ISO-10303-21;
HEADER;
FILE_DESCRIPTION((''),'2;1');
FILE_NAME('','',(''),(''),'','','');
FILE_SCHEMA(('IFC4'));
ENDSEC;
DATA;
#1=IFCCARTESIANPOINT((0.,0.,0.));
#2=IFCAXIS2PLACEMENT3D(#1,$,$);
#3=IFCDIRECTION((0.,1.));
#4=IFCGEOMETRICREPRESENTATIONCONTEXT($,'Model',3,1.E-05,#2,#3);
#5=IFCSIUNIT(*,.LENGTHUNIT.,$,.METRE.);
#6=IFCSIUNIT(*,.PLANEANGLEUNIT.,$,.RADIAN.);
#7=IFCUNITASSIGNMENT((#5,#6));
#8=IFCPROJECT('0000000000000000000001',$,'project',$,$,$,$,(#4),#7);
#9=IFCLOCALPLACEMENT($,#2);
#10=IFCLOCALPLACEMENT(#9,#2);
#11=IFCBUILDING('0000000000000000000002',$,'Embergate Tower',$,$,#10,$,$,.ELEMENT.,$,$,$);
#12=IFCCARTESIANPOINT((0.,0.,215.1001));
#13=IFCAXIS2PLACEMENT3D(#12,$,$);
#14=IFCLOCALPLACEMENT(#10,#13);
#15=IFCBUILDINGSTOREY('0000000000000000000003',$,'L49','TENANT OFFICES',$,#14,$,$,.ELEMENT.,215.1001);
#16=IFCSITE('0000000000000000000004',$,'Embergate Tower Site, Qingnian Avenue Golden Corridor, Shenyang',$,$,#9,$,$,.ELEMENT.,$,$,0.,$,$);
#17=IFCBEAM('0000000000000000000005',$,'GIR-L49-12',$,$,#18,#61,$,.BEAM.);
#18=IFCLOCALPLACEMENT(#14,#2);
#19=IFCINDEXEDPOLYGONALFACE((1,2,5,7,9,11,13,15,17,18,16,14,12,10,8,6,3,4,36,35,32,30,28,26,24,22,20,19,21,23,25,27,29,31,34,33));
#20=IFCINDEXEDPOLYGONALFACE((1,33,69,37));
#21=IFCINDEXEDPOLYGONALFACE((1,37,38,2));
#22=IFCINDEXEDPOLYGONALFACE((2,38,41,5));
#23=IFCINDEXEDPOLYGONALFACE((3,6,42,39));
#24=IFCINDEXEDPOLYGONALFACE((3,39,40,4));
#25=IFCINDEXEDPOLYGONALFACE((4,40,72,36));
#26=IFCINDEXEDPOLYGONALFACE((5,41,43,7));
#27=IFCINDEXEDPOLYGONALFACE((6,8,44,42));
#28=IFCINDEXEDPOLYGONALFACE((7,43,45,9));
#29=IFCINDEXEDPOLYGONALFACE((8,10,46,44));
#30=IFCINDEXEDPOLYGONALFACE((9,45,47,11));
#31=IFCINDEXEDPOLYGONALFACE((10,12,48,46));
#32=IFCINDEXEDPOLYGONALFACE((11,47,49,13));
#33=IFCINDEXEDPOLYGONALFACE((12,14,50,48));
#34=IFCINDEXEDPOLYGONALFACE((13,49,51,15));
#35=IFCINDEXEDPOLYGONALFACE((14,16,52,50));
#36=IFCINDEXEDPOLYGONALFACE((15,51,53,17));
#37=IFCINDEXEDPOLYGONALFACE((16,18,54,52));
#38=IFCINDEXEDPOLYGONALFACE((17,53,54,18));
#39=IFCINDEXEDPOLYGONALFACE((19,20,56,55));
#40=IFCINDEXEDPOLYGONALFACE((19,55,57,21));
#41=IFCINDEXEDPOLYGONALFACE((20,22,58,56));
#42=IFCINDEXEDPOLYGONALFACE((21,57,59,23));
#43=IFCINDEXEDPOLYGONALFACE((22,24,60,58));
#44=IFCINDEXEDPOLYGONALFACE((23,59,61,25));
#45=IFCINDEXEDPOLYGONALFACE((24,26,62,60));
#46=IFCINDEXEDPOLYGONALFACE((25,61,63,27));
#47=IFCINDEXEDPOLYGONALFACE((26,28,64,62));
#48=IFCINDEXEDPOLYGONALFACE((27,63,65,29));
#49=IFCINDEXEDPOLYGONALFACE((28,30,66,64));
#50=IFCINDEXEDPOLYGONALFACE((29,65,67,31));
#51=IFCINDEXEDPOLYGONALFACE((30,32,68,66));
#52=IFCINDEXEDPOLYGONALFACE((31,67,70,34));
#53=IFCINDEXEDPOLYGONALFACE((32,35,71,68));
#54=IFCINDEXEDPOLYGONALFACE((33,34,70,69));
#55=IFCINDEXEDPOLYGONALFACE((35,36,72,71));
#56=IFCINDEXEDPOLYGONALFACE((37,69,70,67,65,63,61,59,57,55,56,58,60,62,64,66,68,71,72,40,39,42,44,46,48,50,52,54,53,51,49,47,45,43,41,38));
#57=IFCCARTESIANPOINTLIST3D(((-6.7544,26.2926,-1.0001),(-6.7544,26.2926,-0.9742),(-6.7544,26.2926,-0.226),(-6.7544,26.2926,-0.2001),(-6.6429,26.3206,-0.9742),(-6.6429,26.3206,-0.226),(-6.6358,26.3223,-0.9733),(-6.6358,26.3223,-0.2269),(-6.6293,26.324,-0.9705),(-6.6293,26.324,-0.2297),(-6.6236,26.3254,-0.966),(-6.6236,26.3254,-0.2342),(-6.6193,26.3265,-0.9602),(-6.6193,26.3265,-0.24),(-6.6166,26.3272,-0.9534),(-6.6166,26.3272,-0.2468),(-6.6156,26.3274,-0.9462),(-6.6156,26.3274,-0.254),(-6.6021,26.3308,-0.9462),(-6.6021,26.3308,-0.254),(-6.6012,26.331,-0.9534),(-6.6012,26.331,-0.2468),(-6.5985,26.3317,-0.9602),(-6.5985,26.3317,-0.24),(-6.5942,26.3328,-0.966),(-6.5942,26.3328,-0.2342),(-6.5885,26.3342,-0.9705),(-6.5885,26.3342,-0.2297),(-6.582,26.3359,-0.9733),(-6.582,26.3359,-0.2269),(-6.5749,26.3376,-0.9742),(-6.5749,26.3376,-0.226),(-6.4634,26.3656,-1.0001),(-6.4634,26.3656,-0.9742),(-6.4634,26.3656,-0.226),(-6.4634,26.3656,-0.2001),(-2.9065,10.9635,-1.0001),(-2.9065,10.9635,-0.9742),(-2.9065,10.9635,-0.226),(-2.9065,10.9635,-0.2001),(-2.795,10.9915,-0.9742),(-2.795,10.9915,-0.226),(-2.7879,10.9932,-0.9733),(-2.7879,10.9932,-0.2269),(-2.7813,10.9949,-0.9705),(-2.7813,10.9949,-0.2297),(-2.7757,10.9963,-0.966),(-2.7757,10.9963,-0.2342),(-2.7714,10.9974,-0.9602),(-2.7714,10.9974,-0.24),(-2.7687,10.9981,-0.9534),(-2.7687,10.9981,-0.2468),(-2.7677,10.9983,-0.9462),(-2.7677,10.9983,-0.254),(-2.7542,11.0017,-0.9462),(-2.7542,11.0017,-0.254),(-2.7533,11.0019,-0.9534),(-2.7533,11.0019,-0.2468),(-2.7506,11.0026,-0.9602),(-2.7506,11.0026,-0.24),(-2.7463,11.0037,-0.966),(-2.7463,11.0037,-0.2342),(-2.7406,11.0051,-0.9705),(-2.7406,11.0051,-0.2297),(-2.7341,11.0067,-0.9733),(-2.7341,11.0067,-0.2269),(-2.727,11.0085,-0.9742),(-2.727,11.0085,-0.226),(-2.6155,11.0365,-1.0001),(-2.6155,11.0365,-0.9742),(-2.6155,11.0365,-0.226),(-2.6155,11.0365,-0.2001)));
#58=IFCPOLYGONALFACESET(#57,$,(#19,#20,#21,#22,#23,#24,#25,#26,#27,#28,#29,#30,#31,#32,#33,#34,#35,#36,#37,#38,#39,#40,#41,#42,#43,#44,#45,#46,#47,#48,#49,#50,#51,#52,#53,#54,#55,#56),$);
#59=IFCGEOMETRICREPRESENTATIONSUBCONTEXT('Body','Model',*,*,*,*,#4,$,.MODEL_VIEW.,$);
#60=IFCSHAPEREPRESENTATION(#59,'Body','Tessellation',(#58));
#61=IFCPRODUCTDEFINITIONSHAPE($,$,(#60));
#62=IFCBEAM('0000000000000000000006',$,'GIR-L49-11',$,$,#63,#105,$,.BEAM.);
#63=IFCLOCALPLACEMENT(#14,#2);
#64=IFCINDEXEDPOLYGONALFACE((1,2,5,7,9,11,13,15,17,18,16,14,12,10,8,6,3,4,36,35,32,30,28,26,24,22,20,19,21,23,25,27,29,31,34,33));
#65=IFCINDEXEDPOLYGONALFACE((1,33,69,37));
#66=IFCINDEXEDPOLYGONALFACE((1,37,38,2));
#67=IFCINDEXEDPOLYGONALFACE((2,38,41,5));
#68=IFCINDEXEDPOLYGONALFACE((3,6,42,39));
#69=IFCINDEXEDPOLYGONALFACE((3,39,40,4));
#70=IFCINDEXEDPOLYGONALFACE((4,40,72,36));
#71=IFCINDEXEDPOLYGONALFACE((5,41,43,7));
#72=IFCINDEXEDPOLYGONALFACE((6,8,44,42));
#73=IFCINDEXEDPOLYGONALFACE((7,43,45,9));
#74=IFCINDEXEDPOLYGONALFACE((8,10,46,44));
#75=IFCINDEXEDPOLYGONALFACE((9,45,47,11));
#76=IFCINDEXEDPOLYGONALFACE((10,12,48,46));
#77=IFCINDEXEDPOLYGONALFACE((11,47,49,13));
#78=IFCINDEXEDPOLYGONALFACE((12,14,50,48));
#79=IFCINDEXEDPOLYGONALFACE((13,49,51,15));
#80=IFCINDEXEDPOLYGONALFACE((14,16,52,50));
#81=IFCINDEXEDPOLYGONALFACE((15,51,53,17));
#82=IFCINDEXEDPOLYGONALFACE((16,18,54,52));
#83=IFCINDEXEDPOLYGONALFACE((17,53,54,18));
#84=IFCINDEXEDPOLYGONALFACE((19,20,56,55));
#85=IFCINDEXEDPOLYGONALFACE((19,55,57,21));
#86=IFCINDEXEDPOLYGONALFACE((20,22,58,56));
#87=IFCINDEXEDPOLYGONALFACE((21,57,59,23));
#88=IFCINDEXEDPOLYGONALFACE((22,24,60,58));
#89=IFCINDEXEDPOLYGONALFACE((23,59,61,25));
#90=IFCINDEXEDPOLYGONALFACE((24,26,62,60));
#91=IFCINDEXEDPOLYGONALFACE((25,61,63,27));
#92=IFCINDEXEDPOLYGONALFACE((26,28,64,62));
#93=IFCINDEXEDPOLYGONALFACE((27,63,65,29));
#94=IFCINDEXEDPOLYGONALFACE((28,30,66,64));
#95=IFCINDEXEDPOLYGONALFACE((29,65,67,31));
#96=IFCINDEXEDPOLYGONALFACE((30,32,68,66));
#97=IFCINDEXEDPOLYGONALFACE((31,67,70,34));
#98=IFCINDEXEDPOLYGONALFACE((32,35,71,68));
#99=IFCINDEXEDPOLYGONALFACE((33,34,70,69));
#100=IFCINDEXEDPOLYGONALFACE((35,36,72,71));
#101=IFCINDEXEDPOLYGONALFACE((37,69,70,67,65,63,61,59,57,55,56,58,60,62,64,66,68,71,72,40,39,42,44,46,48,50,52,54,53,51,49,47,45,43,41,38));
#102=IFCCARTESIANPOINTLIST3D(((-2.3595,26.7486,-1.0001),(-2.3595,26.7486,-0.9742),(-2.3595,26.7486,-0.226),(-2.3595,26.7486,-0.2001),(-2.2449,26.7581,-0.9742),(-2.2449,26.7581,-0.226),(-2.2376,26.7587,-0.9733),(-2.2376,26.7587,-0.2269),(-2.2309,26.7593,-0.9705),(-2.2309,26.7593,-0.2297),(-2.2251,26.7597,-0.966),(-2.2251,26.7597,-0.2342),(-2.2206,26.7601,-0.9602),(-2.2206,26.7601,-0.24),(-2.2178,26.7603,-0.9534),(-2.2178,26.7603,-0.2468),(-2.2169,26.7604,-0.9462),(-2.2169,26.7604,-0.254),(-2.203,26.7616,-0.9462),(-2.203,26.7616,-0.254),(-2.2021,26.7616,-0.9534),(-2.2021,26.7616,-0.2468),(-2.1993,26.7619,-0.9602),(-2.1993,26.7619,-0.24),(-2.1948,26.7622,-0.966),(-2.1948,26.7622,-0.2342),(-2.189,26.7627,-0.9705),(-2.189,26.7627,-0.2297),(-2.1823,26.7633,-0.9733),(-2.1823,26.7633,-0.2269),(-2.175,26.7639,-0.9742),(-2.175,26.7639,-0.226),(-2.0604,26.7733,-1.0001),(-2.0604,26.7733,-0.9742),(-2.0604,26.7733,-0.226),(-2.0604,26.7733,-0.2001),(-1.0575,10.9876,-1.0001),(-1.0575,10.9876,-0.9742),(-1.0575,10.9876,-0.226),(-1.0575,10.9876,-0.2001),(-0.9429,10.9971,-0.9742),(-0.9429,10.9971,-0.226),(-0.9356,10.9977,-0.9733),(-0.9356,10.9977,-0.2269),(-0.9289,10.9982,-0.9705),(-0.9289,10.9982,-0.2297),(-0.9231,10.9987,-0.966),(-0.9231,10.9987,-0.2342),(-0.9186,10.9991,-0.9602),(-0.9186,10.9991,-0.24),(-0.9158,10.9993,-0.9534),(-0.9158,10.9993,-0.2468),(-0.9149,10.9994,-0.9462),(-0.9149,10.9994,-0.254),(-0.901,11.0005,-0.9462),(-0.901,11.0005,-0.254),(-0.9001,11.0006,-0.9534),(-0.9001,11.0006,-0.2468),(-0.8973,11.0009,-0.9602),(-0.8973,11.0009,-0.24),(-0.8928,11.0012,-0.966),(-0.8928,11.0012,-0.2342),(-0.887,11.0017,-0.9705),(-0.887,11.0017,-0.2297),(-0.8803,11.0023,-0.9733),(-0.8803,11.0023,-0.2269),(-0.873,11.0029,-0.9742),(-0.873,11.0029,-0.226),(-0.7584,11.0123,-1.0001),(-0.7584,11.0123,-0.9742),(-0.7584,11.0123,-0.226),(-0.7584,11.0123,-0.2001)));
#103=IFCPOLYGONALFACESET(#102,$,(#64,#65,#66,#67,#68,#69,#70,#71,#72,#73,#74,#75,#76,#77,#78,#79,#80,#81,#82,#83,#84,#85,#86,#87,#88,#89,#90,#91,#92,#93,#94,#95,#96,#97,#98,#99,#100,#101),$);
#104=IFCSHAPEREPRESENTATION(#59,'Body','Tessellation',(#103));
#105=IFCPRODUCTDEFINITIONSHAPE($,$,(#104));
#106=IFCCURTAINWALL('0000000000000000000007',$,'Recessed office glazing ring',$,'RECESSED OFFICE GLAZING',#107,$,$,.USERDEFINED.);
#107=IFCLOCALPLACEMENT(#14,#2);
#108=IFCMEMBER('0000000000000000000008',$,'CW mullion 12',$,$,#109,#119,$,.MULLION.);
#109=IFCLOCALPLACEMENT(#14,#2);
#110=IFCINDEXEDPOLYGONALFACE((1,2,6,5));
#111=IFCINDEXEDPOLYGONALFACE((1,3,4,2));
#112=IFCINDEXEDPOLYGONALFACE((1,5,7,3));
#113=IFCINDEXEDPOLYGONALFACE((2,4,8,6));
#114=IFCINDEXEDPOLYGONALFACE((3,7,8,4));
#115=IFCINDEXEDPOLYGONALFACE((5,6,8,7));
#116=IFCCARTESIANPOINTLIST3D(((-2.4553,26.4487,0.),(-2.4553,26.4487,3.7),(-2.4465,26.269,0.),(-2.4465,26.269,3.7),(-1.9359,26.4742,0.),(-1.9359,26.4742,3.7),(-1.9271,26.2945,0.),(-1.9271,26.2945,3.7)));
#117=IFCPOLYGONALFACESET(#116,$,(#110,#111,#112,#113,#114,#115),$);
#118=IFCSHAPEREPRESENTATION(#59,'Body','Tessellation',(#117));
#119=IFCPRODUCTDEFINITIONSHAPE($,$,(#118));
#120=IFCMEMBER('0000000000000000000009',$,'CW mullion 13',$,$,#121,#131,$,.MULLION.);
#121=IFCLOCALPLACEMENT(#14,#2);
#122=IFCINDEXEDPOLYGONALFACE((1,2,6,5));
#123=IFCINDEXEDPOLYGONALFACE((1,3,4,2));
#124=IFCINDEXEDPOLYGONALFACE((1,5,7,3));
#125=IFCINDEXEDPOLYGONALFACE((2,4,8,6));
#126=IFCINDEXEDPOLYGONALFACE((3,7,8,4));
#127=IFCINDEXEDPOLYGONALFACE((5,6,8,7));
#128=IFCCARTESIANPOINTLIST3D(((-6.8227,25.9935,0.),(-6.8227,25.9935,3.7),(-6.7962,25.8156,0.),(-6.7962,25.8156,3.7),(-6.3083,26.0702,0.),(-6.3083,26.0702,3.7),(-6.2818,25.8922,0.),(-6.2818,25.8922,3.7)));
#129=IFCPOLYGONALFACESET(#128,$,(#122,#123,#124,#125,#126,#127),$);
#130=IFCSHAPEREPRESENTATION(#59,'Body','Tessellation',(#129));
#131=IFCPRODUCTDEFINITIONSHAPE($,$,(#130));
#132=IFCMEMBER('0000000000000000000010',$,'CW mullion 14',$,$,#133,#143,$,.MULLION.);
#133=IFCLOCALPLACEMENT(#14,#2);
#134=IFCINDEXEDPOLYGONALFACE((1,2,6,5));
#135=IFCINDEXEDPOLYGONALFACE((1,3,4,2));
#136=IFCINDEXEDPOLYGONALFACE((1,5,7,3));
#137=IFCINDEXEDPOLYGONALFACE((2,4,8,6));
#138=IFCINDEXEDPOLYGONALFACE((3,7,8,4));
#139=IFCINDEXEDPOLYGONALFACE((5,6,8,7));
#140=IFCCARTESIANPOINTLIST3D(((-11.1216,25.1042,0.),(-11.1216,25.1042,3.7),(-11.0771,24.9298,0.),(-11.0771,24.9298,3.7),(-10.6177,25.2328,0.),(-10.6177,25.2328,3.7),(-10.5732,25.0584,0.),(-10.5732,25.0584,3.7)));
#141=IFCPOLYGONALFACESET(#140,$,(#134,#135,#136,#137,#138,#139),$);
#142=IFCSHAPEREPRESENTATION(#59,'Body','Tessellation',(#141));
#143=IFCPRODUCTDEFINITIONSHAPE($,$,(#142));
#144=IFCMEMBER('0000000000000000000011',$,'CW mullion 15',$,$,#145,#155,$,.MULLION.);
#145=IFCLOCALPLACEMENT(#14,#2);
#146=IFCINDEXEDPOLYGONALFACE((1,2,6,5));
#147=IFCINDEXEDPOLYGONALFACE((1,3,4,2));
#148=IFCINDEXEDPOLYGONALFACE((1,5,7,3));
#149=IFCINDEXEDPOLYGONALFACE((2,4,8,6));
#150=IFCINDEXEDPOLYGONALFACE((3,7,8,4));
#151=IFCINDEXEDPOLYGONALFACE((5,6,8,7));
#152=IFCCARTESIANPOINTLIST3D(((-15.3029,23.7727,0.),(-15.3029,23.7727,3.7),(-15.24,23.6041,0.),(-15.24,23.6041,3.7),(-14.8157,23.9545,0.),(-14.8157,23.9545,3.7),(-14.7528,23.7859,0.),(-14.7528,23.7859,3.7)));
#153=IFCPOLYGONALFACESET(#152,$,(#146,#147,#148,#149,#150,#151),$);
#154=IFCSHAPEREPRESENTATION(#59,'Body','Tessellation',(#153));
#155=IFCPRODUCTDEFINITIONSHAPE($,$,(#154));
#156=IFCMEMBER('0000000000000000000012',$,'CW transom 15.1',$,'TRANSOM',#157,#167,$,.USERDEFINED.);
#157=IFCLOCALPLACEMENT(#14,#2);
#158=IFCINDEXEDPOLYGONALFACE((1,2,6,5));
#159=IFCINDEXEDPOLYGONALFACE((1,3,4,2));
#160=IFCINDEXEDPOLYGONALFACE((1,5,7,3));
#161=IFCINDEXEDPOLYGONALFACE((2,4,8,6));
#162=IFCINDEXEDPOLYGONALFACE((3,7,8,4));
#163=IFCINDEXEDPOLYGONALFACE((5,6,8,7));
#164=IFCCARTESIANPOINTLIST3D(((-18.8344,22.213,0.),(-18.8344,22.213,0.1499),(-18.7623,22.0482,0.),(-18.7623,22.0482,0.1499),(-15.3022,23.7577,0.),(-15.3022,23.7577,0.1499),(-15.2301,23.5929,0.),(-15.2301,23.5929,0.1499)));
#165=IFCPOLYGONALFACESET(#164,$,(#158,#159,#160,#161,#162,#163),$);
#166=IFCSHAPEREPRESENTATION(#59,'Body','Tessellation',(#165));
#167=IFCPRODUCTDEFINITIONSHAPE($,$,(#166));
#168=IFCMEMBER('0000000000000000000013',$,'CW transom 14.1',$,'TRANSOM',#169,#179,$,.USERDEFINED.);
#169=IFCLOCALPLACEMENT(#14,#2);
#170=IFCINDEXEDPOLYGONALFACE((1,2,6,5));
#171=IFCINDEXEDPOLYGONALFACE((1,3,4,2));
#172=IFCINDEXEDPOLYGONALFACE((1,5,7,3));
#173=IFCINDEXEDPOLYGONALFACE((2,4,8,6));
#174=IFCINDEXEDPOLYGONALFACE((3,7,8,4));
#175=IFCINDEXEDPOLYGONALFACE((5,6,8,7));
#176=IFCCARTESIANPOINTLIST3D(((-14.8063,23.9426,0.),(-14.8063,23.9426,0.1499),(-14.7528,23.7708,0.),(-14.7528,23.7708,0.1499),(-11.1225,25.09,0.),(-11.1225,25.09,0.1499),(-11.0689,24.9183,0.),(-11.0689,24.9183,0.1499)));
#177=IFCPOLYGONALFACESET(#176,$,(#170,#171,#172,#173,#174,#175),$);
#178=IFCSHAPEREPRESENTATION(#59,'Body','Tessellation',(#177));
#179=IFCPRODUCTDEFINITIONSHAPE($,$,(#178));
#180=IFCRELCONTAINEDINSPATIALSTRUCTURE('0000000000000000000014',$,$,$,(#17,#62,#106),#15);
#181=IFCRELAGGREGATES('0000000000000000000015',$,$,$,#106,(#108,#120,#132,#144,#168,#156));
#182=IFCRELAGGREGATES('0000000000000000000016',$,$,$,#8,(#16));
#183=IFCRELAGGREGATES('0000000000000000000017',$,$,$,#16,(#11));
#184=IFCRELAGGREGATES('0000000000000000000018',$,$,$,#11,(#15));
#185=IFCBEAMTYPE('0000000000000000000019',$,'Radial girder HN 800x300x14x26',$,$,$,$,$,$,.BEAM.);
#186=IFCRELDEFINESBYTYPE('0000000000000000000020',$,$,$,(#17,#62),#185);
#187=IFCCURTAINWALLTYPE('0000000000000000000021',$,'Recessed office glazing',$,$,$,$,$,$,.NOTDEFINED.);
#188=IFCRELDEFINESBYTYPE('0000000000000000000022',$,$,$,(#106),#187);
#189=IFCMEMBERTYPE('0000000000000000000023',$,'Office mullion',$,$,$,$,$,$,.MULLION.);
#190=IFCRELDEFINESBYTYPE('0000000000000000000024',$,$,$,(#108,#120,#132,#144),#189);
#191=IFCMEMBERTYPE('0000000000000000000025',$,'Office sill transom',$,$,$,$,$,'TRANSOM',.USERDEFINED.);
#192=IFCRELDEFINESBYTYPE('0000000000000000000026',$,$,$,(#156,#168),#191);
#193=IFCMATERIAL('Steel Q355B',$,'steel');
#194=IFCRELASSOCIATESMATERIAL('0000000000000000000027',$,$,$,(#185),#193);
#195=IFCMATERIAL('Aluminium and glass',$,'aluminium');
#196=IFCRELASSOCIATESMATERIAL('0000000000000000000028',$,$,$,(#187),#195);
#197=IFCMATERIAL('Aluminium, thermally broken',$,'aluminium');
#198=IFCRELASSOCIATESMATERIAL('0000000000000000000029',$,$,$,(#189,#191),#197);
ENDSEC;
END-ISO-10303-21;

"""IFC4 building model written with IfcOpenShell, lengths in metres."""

from ifc_helpers import new_model, si_unit, direction, frame, origin, origin_2d, place, context, subcontext, project, spatial, rectangle, i_section, extrude, source, transform, mapped, material, material_profile, profile_set, type_object, element, aggregate, save


model = new_model("IFC4")

# Units and contexts
model_context = context("Model", 3, precision=1e-05, world=origin(), true_north=direction((0.0, 1.0)))
body_context = subcontext(model_context, "Body", "Model", "MODEL_VIEW")
ifc_project = project(units=[si_unit("LENGTHUNIT", "METRE"), si_unit("PLANEANGLEUNIT", "RADIAN")], contexts=[model_context])

# Site, building, storey
site_placement = place(None, origin())
site = spatial("IfcSite", under=ifc_project, at=site_placement, Name="Embergate Tower Site, Qingnian Avenue Golden Corridor, Shenyang", CompositionType="ELEMENT", RefElevation=0.0)
building_placement = place(site_placement, origin())
building = spatial("IfcBuilding", under=site, at=building_placement, Name="Embergate Tower", CompositionType="ELEMENT")
storey_placement = place(building_placement, frame((0.0, 0.0, 215.1001)))
storey = spatial("IfcBuildingStorey", under=building, at=storey_placement, Name="L49", Description="TENANT OFFICES", CompositionType="ELEMENT", Elevation=215.1001)

# Beams
ifc_material_1 = material(Name="Steel Q355B", Category="steel")
ifc_material_profile_1 = material_profile(ifc_material_1, i_section(OverallWidth=0.3, OverallDepth=0.8, WebThickness=0.0139, FlangeThickness=0.0259, FilletRadius=0.0281, at=origin_2d()), Name="HN 800x300x14x26")
ifc_profile_set_1 = profile_set([ifc_material_profile_1], Name="Steel Q355 grade B")
beam_type_1 = type_object("IfcBeamType", Name="Radial girder HN 800x300x14x26", PredefinedType="BEAM", material=ifc_profile_set_1)
shared_shape_1 = source(origin(), body_context, "Body", "SweptSolid", [
    extrude(i_section(OverallWidth=0.3, OverallDepth=0.8, WebThickness=0.0139, FlangeThickness=0.0259, FilletRadius=0.0281, at=origin_2d()), origin(), (0.0, 0.0, 1.0), 15.8047),
])
beam_1_placement = place(storey_placement, frame((-6.6089, 26.3291, -0.6001), z_axis=(0.243466, -0.969909, 0.0), x_axis=(0.969909, 0.243466, 0.0)))
element("IfcBeam", 1, at=beam_1_placement, inside=storey, type_object=beam_type_1, Name="GIR-L49-12", PredefinedType="BEAM", context=body_context, shape_type="MappedRepresentation", body=[
    mapped(shared_shape_1, transform((0.0, 0.0, 0.0))),
])
shared_shape_2 = source(origin(), body_context, "Body", "SweptSolid", [
    extrude(i_section(OverallWidth=0.3, OverallDepth=0.8, WebThickness=0.0139, FlangeThickness=0.0259, FilletRadius=0.0281, at=origin_2d()), origin(), (0.0, 0.0, 1.0), 15.8147),
])
beam_2_placement = place(storey_placement, frame((-2.21, 26.761, -0.6001), z_axis=(0.082329, -0.996605, 0.0), x_axis=(0.996605, 0.082329, 0.0)))
element("IfcBeam", 2, at=beam_2_placement, inside=storey, type_object=beam_type_1, Name="GIR-L49-11", PredefinedType="BEAM", context=body_context, shape_type="MappedRepresentation", body=[
    mapped(shared_shape_2, transform((0.0, 0.0, 0.0))),
])

# Curtain wall, members
ifc_material_2 = material(Name="Aluminium and glass", Category="aluminium")
curtain_wall_type = type_object("IfcCurtainWallType", Name="Recessed office glazing", PredefinedType="NOTDEFINED", material=ifc_material_2)
curtain_wall_placement = place(storey_placement, origin())
curtain_wall = element("IfcCurtainWall", 3, at=curtain_wall_placement, inside=storey, type_object=curtain_wall_type, Name="Recessed office glazing ring", ObjectType="RECESSED OFFICE GLAZING", PredefinedType="USERDEFINED")
ifc_material_3 = material(Name="Aluminium, thermally broken", Category="aluminium")
ifc_material_profile_2 = material_profile(ifc_material_3, rectangle(XDim=0.1799, YDim=0.52, at=origin_2d()), Name="AL 520x180")
ifc_profile_set_2 = profile_set([ifc_material_profile_2], Name="Aluminium, thermally broken")
member_type_1 = type_object("IfcMemberType", Name="Office mullion", PredefinedType="MULLION", material=ifc_profile_set_2)
shared_shape_3 = source(origin(), body_context, "Body", "SweptSolid", [
    extrude(rectangle(XDim=0.1799, YDim=0.52, at=origin_2d()), origin(), (0.0, 0.0, 1.0), 3.7),
])
member_1_placement = place(storey_placement, frame((-2.1912, 26.3716, 0.0), z_axis=(0.0, 0.0, 1.0), x_axis=(0.048972, -0.9988, 0.0)))
member_1 = element("IfcMember", 4, at=member_1_placement, type_object=member_type_1, Name="CW mullion 12", PredefinedType="MULLION", context=body_context, shape_type="MappedRepresentation", body=[
    mapped(shared_shape_3, transform((0.0, 0.0, 0.0))),
])
member_2_placement = place(storey_placement, frame((-6.5522, 25.9429, 0.0), z_axis=(0.0, 0.0, 1.0), x_axis=(0.147414, -0.989075, 0.0)))
member_2 = element("IfcMember", 5, at=member_2_placement, type_object=member_type_1, Name="CW mullion 13", PredefinedType="MULLION", context=body_context, shape_type="MappedRepresentation", body=[
    mapped(shared_shape_3, transform((0.0, 0.0, 0.0))),
])
member_3_placement = place(storey_placement, frame((-10.8474, 25.0813, 0.0), z_axis=(0.0, 0.0, 1.0), x_axis=(0.247315, -0.968935, 0.0)))
member_3 = element("IfcMember", 6, at=member_3_placement, type_object=member_type_1, Name="CW mullion 14", PredefinedType="MULLION", context=body_context, shape_type="MappedRepresentation", body=[
    mapped(shared_shape_3, transform((0.0, 0.0, 0.0))),
])
member_4_placement = place(storey_placement, frame((-15.0278, 23.7793, 0.0), z_axis=(0.0, 0.0, 1.0), x_axis=(0.349506, -0.936934, 0.0)))
member_4 = element("IfcMember", 7, at=member_4_placement, type_object=member_type_1, Name="CW mullion 15", PredefinedType="MULLION", context=body_context, shape_type="MappedRepresentation", body=[
    mapped(shared_shape_3, transform((0.0, 0.0, 0.0))),
])
ifc_material_profile_3 = material_profile(ifc_material_3, rectangle(XDim=0.1799, YDim=0.1499, at=origin_2d()), Name="AL 150x180")
ifc_profile_set_3 = profile_set([ifc_material_profile_3], Name="Aluminium, thermally broken")
member_type_2 = type_object("IfcMemberType", Name="Office sill transom", ElementType="TRANSOM", PredefinedType="USERDEFINED", material=ifc_profile_set_3)
shared_shape_4 = source(origin(), body_context, "Body", "SweptSolid", [
    extrude(rectangle(XDim=0.1799, YDim=0.1499, at=origin_2d()), origin(), (0.0, 0.0, 1.0), 3.8552),
])
member_5_placement = place(storey_placement, frame((-15.2661, 23.6753, 0.075), z_axis=(-0.916221, -0.400673, 0.0), x_axis=(0.400673, -0.916221, 0.0)))
member_5 = element("IfcMember", 8, at=member_5_placement, type_object=member_type_2, Name="CW transom 15.1", ObjectType="TRANSOM", PredefinedType="USERDEFINED", context=body_context, shape_type="MappedRepresentation", body=[
    mapped(shared_shape_4, transform((0.0, 0.0, 0.0))),
])
shared_shape_5 = source(origin(), body_context, "Body", "SweptSolid", [
    extrude(rectangle(XDim=0.1799, YDim=0.1499, at=origin_2d()), origin(), (0.0, 0.0, 1.0), 3.8584),
])
member_6_placement = place(storey_placement, frame((-11.0957, 25.0042, 0.075), z_axis=(-0.954755, -0.297392, 0.0), x_axis=(0.297392, -0.954755, 0.0)))
member_6 = element("IfcMember", 9, at=member_6_placement, type_object=member_type_2, Name="CW transom 14.1", ObjectType="TRANSOM", PredefinedType="USERDEFINED", context=body_context, shape_type="MappedRepresentation", body=[
    mapped(shared_shape_5, transform((0.0, 0.0, 0.0))),
])
aggregate(curtain_wall, [member_1, member_2, member_3, member_4, member_6, member_5])

save(model, "model.ifc")
